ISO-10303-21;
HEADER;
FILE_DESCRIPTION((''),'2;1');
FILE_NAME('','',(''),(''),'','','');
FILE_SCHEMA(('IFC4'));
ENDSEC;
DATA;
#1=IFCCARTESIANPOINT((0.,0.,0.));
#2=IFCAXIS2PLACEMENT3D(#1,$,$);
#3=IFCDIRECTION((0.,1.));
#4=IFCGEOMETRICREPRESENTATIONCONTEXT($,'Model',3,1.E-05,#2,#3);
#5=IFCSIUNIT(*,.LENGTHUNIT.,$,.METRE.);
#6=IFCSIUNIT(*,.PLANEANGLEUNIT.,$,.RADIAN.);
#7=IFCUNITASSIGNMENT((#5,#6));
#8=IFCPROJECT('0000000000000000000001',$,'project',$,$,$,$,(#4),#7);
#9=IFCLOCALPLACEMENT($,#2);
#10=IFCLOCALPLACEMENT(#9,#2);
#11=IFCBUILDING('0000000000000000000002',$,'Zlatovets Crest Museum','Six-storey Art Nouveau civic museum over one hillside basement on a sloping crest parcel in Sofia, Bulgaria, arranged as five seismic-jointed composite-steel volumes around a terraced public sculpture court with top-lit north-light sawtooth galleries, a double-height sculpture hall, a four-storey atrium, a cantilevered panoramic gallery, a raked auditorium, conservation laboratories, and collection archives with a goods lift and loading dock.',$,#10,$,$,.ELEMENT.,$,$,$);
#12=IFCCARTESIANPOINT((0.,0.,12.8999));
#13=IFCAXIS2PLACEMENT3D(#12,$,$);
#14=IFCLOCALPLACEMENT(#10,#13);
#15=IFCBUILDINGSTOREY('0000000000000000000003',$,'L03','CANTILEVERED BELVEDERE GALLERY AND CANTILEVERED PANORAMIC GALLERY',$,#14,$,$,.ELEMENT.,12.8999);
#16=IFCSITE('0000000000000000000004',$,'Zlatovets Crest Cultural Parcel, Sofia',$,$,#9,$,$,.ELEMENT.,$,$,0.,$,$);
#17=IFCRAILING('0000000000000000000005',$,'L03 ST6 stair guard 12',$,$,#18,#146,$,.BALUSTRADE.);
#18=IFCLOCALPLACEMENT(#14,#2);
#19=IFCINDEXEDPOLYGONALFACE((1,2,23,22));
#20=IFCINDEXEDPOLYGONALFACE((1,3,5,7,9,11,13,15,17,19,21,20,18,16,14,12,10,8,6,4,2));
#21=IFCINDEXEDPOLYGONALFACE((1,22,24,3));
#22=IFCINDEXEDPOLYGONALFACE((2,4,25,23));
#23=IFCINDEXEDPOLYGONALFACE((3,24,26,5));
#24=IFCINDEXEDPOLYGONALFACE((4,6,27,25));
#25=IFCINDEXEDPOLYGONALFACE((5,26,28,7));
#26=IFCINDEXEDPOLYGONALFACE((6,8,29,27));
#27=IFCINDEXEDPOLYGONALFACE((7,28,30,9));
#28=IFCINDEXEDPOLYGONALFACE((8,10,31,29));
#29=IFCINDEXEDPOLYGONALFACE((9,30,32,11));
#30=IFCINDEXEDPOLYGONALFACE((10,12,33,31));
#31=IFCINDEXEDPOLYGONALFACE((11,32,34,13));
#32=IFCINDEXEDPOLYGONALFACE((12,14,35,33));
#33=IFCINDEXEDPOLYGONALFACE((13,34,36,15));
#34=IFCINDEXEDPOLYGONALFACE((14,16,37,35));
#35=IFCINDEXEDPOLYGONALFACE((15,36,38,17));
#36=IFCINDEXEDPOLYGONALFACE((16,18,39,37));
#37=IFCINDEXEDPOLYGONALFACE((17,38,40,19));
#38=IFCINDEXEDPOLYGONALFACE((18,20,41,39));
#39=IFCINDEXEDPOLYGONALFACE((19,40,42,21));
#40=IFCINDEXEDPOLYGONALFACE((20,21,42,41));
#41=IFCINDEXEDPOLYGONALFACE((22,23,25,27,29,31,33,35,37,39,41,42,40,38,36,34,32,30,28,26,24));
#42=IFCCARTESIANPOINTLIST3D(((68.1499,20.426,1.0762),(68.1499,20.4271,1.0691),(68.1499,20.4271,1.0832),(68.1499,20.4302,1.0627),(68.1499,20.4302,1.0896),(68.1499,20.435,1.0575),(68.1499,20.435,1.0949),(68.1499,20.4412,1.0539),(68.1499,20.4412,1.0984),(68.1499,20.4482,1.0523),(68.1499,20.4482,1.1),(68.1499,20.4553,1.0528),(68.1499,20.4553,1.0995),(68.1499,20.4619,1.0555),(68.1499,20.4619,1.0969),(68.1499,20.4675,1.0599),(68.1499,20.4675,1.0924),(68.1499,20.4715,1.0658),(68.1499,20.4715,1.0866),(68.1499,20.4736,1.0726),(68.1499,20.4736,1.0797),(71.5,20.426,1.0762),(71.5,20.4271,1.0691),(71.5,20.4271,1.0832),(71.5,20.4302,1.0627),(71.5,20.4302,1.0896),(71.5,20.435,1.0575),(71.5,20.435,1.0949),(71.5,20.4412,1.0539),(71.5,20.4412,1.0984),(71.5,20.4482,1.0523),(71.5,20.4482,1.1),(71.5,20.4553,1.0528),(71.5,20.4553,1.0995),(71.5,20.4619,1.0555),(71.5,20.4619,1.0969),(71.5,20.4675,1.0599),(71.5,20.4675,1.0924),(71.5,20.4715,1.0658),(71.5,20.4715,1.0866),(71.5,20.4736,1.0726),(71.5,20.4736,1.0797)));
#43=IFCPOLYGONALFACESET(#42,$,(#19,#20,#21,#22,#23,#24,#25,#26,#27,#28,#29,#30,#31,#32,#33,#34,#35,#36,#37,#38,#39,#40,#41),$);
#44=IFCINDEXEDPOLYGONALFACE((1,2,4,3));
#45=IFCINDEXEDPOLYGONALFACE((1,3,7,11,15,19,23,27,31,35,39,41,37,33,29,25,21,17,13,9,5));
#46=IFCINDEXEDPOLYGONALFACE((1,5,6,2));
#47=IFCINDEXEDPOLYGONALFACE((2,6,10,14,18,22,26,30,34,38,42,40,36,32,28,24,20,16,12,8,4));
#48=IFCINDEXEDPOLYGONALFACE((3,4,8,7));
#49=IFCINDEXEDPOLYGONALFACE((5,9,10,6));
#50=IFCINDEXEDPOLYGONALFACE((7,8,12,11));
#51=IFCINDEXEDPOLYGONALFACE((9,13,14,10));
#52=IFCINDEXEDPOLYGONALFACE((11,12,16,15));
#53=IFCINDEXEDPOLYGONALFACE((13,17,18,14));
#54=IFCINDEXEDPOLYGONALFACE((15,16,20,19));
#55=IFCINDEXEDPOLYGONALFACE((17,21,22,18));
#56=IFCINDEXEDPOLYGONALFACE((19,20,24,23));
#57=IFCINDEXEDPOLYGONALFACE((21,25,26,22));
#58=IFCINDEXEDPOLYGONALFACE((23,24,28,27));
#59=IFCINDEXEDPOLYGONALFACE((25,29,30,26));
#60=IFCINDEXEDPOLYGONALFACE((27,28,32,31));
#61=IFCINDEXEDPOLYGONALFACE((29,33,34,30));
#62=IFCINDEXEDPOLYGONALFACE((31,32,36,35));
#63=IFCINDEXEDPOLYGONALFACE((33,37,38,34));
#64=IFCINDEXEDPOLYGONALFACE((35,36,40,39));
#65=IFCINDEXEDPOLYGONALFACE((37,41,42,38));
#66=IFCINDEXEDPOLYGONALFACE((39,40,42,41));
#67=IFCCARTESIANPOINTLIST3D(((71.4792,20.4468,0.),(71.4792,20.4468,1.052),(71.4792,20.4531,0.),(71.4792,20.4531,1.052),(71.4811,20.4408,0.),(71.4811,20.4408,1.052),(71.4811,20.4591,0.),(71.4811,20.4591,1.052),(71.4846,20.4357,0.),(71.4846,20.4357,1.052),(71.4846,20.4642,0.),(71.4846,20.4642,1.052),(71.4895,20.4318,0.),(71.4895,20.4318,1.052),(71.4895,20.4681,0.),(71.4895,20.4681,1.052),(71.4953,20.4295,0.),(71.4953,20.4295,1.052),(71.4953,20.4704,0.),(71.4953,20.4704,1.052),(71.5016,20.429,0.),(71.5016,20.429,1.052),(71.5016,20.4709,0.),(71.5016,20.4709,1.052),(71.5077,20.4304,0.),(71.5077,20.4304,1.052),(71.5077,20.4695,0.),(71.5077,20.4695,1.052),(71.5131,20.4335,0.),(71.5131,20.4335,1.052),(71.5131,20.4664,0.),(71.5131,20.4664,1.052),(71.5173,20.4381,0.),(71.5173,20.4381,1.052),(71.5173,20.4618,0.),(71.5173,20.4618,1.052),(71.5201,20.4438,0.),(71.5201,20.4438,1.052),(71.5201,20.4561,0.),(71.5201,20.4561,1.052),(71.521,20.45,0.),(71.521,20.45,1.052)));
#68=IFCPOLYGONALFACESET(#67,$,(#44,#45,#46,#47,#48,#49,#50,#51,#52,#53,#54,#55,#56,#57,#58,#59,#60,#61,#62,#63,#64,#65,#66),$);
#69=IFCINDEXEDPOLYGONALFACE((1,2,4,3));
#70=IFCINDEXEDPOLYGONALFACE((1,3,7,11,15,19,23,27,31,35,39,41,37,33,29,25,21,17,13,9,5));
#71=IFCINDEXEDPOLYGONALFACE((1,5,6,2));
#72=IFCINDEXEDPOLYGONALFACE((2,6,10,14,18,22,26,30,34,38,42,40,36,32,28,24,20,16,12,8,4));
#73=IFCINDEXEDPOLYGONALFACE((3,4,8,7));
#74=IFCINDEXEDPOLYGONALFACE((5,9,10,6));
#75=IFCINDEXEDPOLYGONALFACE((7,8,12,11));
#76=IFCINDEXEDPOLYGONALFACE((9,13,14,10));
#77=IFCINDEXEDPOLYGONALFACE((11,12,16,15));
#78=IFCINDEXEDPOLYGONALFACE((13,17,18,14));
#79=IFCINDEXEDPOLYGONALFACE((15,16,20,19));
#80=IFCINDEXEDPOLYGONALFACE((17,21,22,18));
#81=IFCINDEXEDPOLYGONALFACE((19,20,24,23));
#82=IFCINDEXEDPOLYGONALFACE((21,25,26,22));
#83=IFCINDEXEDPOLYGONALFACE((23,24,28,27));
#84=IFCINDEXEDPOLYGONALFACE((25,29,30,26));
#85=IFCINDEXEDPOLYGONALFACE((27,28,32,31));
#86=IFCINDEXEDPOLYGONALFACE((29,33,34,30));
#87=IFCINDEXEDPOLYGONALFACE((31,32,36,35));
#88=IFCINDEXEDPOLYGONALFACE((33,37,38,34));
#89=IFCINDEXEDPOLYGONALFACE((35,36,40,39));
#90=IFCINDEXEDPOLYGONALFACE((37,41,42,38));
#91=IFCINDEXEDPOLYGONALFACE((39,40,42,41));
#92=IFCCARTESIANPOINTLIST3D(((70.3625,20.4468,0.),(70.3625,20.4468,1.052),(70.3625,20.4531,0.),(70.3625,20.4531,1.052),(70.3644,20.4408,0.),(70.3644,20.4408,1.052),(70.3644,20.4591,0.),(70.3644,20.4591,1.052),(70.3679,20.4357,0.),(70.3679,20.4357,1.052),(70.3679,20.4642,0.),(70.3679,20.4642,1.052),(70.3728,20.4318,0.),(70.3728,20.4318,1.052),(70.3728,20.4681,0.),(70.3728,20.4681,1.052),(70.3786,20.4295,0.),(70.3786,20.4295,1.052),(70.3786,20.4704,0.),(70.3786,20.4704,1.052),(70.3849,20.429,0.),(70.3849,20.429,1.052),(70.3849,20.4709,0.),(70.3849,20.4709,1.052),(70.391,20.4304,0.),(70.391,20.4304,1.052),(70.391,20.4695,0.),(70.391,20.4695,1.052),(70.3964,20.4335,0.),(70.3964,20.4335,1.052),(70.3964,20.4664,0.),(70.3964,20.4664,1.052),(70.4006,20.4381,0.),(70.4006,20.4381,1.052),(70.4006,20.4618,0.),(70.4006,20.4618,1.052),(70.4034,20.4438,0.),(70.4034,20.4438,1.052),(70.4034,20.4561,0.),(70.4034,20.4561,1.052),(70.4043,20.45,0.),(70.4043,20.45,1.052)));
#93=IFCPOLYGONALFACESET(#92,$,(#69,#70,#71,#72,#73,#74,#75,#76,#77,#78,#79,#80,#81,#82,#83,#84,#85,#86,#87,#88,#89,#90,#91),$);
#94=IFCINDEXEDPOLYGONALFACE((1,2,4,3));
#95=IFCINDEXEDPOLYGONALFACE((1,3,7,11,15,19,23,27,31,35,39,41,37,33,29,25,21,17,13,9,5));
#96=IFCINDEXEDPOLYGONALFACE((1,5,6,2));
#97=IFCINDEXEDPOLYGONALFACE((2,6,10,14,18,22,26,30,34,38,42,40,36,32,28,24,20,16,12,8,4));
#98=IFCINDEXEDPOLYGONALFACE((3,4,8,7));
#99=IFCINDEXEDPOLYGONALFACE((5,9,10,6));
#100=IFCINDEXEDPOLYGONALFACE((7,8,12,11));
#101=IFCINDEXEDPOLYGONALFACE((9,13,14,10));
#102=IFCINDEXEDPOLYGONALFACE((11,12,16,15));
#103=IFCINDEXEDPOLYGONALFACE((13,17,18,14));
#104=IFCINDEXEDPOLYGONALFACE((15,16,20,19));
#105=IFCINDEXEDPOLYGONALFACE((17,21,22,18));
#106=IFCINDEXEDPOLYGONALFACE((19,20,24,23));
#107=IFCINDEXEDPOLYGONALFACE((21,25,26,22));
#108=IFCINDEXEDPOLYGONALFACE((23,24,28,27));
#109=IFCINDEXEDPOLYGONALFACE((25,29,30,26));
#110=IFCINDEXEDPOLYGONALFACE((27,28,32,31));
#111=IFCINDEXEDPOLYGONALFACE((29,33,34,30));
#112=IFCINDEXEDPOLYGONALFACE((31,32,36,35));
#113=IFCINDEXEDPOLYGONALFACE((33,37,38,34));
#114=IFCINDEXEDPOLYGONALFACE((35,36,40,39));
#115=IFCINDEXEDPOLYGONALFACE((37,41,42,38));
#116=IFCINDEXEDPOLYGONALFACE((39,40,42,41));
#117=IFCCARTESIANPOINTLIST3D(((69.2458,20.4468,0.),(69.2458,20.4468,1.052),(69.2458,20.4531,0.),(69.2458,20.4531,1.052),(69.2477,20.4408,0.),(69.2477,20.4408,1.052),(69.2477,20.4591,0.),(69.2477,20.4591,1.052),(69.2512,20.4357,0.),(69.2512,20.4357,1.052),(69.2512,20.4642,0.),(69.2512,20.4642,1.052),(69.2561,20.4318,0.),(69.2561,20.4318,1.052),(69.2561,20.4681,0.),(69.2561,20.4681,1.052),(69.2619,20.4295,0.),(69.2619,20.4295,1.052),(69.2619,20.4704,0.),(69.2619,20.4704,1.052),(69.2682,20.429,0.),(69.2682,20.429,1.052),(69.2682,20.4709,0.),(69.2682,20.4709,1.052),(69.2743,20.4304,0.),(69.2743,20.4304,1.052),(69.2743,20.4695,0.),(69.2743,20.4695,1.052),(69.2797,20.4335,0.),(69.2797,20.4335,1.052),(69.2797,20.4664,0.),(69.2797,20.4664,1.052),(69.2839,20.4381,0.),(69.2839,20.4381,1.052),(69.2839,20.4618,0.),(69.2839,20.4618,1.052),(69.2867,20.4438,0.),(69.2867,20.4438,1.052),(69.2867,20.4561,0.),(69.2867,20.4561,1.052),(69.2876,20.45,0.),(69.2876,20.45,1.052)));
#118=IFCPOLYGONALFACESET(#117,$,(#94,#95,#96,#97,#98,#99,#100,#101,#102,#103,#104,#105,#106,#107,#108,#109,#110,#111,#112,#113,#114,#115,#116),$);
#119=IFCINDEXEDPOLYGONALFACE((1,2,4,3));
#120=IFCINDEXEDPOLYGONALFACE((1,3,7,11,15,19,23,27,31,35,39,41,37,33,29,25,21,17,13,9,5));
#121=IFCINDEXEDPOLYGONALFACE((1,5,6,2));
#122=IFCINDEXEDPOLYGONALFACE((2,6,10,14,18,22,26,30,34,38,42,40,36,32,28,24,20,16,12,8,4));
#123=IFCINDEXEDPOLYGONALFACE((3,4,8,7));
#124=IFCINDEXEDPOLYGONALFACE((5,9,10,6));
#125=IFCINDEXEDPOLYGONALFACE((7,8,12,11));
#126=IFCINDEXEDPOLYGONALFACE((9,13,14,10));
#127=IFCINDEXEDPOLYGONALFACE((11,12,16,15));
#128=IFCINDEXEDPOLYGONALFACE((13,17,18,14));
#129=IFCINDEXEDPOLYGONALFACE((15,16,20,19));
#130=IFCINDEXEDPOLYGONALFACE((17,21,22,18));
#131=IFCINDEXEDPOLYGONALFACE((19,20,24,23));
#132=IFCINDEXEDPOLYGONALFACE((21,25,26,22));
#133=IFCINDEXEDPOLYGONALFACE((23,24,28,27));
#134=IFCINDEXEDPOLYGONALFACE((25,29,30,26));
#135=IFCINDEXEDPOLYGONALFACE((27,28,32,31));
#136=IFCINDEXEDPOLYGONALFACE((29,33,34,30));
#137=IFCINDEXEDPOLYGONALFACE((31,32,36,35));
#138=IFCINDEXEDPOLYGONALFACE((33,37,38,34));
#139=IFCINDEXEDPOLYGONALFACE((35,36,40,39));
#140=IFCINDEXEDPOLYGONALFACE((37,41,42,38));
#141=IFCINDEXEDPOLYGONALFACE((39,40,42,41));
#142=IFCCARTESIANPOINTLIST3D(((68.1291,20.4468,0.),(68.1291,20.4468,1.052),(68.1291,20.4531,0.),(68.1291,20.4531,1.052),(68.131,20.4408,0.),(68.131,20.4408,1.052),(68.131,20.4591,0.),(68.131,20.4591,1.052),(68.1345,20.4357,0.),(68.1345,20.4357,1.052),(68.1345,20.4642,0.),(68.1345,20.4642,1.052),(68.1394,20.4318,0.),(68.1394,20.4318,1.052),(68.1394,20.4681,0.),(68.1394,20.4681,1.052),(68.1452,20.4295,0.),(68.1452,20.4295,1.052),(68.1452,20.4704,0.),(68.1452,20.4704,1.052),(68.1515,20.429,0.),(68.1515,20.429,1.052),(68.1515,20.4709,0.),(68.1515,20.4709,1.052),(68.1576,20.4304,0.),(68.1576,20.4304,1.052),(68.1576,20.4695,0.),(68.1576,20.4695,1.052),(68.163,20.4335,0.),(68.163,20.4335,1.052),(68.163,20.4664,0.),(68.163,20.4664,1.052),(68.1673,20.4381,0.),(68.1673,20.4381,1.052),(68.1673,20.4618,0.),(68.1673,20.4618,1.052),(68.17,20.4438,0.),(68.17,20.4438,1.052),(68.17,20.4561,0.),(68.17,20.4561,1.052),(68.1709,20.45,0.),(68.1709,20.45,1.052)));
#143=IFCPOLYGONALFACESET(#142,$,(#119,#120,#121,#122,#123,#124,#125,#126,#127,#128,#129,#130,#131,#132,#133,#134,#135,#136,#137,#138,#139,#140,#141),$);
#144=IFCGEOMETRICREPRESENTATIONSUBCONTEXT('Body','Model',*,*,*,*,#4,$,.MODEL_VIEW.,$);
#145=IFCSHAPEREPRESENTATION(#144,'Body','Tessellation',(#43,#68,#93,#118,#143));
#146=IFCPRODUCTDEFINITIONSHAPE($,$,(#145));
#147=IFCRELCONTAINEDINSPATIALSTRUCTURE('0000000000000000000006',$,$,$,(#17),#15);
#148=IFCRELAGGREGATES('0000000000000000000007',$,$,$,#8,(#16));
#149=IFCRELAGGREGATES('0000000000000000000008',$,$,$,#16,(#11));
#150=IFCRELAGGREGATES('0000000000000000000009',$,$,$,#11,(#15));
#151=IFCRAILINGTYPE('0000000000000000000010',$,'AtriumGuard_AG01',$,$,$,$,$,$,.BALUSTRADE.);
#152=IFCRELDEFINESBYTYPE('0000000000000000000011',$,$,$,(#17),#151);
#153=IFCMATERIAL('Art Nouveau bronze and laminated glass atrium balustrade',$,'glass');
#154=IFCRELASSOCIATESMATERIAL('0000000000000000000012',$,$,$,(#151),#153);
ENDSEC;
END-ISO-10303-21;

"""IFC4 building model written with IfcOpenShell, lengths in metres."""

from ifc_helpers import new_model, si_unit, direction, frame, origin, origin_2d, place, context, subcontext, project, spatial, circle, extrude, material, type_object, element, save


model = new_model("IFC4")

# Units and contexts
model_context = context("Model", 3, precision=1e-05, world=origin(), true_north=direction((0.0, 1.0)))
body_context = subcontext(model_context, "Body", "Model", "MODEL_VIEW")
ifc_project = project(units=[si_unit("LENGTHUNIT", "METRE"), si_unit("PLANEANGLEUNIT", "RADIAN")], contexts=[model_context])

# Site, building, storey
site_placement = place(None, origin())
site = spatial("IfcSite", under=ifc_project, at=site_placement, Name="Zlatovets Crest Cultural Parcel, Sofia", CompositionType="ELEMENT", RefElevation=0.0)
building_placement = place(site_placement, origin())
building = spatial("IfcBuilding", under=site, at=building_placement, Name="Zlatovets Crest Museum", Description="Six-storey Art Nouveau civic museum over one hillside basement on a sloping crest parcel in Sofia, Bulgaria, arranged as five seismic-jointed composite-steel volumes around a terraced public sculpture court with top-lit north-light sawtooth galleries, a double-height sculpture hall, a four-storey atrium, a cantilevered panoramic gallery, a raked auditorium, conservation laboratories, and collection archives with a goods lift and loading dock.", CompositionType="ELEMENT")
storey_placement = place(building_placement, frame((0.0, 0.0, 12.8999)))
storey = spatial("IfcBuildingStorey", under=building, at=storey_placement, Name="L03", Description="CANTILEVERED BELVEDERE GALLERY AND CANTILEVERED PANORAMIC GALLERY", CompositionType="ELEMENT", Elevation=12.8999)

# Railing
ifc_material_1 = material(Name="Art Nouveau bronze and laminated glass atrium balustrade", Category="glass")
railing_type = type_object("IfcRailingType", Name="AtriumGuard_AG01", PredefinedType="BALUSTRADE", material=ifc_material_1)
railing_1_placement = place(storey_placement, frame((71.5, 20.45, 0.0)))
element("IfcRailing", 1, at=railing_1_placement, inside=storey, type_object=railing_type, Name="L03 ST6 stair guard 12", PredefinedType="BALUSTRADE", context=body_context, shape_type="SweptSolid", body=[
    extrude(circle(Radius=0.0239, at=origin_2d()), frame((0.0, 0.0, 1.0762), z_axis=(-1.0, 0.0, 0.0), x_axis=(0.0, -1.0, 0.0)), (0.0, 0.0, 1.0), 3.3501),
    extrude(circle(Radius=0.021, at=origin_2d()), origin(), (0.0, 0.0, 1.0), 1.052),
    extrude(circle(Radius=0.021, at=origin_2d()), frame((-1.1167, 0.0, 0.0)), (0.0, 0.0, 1.0), 1.052),
    extrude(circle(Radius=0.021, at=origin_2d()), frame((-2.2334, 0.0, 0.0)), (0.0, 0.0, 1.0), 1.052),
    extrude(circle(Radius=0.021, at=origin_2d()), frame((-3.3501, 0.0, 0.0)), (0.0, 0.0, 1.0), 1.052),
])

save(model, "model.ifc")
